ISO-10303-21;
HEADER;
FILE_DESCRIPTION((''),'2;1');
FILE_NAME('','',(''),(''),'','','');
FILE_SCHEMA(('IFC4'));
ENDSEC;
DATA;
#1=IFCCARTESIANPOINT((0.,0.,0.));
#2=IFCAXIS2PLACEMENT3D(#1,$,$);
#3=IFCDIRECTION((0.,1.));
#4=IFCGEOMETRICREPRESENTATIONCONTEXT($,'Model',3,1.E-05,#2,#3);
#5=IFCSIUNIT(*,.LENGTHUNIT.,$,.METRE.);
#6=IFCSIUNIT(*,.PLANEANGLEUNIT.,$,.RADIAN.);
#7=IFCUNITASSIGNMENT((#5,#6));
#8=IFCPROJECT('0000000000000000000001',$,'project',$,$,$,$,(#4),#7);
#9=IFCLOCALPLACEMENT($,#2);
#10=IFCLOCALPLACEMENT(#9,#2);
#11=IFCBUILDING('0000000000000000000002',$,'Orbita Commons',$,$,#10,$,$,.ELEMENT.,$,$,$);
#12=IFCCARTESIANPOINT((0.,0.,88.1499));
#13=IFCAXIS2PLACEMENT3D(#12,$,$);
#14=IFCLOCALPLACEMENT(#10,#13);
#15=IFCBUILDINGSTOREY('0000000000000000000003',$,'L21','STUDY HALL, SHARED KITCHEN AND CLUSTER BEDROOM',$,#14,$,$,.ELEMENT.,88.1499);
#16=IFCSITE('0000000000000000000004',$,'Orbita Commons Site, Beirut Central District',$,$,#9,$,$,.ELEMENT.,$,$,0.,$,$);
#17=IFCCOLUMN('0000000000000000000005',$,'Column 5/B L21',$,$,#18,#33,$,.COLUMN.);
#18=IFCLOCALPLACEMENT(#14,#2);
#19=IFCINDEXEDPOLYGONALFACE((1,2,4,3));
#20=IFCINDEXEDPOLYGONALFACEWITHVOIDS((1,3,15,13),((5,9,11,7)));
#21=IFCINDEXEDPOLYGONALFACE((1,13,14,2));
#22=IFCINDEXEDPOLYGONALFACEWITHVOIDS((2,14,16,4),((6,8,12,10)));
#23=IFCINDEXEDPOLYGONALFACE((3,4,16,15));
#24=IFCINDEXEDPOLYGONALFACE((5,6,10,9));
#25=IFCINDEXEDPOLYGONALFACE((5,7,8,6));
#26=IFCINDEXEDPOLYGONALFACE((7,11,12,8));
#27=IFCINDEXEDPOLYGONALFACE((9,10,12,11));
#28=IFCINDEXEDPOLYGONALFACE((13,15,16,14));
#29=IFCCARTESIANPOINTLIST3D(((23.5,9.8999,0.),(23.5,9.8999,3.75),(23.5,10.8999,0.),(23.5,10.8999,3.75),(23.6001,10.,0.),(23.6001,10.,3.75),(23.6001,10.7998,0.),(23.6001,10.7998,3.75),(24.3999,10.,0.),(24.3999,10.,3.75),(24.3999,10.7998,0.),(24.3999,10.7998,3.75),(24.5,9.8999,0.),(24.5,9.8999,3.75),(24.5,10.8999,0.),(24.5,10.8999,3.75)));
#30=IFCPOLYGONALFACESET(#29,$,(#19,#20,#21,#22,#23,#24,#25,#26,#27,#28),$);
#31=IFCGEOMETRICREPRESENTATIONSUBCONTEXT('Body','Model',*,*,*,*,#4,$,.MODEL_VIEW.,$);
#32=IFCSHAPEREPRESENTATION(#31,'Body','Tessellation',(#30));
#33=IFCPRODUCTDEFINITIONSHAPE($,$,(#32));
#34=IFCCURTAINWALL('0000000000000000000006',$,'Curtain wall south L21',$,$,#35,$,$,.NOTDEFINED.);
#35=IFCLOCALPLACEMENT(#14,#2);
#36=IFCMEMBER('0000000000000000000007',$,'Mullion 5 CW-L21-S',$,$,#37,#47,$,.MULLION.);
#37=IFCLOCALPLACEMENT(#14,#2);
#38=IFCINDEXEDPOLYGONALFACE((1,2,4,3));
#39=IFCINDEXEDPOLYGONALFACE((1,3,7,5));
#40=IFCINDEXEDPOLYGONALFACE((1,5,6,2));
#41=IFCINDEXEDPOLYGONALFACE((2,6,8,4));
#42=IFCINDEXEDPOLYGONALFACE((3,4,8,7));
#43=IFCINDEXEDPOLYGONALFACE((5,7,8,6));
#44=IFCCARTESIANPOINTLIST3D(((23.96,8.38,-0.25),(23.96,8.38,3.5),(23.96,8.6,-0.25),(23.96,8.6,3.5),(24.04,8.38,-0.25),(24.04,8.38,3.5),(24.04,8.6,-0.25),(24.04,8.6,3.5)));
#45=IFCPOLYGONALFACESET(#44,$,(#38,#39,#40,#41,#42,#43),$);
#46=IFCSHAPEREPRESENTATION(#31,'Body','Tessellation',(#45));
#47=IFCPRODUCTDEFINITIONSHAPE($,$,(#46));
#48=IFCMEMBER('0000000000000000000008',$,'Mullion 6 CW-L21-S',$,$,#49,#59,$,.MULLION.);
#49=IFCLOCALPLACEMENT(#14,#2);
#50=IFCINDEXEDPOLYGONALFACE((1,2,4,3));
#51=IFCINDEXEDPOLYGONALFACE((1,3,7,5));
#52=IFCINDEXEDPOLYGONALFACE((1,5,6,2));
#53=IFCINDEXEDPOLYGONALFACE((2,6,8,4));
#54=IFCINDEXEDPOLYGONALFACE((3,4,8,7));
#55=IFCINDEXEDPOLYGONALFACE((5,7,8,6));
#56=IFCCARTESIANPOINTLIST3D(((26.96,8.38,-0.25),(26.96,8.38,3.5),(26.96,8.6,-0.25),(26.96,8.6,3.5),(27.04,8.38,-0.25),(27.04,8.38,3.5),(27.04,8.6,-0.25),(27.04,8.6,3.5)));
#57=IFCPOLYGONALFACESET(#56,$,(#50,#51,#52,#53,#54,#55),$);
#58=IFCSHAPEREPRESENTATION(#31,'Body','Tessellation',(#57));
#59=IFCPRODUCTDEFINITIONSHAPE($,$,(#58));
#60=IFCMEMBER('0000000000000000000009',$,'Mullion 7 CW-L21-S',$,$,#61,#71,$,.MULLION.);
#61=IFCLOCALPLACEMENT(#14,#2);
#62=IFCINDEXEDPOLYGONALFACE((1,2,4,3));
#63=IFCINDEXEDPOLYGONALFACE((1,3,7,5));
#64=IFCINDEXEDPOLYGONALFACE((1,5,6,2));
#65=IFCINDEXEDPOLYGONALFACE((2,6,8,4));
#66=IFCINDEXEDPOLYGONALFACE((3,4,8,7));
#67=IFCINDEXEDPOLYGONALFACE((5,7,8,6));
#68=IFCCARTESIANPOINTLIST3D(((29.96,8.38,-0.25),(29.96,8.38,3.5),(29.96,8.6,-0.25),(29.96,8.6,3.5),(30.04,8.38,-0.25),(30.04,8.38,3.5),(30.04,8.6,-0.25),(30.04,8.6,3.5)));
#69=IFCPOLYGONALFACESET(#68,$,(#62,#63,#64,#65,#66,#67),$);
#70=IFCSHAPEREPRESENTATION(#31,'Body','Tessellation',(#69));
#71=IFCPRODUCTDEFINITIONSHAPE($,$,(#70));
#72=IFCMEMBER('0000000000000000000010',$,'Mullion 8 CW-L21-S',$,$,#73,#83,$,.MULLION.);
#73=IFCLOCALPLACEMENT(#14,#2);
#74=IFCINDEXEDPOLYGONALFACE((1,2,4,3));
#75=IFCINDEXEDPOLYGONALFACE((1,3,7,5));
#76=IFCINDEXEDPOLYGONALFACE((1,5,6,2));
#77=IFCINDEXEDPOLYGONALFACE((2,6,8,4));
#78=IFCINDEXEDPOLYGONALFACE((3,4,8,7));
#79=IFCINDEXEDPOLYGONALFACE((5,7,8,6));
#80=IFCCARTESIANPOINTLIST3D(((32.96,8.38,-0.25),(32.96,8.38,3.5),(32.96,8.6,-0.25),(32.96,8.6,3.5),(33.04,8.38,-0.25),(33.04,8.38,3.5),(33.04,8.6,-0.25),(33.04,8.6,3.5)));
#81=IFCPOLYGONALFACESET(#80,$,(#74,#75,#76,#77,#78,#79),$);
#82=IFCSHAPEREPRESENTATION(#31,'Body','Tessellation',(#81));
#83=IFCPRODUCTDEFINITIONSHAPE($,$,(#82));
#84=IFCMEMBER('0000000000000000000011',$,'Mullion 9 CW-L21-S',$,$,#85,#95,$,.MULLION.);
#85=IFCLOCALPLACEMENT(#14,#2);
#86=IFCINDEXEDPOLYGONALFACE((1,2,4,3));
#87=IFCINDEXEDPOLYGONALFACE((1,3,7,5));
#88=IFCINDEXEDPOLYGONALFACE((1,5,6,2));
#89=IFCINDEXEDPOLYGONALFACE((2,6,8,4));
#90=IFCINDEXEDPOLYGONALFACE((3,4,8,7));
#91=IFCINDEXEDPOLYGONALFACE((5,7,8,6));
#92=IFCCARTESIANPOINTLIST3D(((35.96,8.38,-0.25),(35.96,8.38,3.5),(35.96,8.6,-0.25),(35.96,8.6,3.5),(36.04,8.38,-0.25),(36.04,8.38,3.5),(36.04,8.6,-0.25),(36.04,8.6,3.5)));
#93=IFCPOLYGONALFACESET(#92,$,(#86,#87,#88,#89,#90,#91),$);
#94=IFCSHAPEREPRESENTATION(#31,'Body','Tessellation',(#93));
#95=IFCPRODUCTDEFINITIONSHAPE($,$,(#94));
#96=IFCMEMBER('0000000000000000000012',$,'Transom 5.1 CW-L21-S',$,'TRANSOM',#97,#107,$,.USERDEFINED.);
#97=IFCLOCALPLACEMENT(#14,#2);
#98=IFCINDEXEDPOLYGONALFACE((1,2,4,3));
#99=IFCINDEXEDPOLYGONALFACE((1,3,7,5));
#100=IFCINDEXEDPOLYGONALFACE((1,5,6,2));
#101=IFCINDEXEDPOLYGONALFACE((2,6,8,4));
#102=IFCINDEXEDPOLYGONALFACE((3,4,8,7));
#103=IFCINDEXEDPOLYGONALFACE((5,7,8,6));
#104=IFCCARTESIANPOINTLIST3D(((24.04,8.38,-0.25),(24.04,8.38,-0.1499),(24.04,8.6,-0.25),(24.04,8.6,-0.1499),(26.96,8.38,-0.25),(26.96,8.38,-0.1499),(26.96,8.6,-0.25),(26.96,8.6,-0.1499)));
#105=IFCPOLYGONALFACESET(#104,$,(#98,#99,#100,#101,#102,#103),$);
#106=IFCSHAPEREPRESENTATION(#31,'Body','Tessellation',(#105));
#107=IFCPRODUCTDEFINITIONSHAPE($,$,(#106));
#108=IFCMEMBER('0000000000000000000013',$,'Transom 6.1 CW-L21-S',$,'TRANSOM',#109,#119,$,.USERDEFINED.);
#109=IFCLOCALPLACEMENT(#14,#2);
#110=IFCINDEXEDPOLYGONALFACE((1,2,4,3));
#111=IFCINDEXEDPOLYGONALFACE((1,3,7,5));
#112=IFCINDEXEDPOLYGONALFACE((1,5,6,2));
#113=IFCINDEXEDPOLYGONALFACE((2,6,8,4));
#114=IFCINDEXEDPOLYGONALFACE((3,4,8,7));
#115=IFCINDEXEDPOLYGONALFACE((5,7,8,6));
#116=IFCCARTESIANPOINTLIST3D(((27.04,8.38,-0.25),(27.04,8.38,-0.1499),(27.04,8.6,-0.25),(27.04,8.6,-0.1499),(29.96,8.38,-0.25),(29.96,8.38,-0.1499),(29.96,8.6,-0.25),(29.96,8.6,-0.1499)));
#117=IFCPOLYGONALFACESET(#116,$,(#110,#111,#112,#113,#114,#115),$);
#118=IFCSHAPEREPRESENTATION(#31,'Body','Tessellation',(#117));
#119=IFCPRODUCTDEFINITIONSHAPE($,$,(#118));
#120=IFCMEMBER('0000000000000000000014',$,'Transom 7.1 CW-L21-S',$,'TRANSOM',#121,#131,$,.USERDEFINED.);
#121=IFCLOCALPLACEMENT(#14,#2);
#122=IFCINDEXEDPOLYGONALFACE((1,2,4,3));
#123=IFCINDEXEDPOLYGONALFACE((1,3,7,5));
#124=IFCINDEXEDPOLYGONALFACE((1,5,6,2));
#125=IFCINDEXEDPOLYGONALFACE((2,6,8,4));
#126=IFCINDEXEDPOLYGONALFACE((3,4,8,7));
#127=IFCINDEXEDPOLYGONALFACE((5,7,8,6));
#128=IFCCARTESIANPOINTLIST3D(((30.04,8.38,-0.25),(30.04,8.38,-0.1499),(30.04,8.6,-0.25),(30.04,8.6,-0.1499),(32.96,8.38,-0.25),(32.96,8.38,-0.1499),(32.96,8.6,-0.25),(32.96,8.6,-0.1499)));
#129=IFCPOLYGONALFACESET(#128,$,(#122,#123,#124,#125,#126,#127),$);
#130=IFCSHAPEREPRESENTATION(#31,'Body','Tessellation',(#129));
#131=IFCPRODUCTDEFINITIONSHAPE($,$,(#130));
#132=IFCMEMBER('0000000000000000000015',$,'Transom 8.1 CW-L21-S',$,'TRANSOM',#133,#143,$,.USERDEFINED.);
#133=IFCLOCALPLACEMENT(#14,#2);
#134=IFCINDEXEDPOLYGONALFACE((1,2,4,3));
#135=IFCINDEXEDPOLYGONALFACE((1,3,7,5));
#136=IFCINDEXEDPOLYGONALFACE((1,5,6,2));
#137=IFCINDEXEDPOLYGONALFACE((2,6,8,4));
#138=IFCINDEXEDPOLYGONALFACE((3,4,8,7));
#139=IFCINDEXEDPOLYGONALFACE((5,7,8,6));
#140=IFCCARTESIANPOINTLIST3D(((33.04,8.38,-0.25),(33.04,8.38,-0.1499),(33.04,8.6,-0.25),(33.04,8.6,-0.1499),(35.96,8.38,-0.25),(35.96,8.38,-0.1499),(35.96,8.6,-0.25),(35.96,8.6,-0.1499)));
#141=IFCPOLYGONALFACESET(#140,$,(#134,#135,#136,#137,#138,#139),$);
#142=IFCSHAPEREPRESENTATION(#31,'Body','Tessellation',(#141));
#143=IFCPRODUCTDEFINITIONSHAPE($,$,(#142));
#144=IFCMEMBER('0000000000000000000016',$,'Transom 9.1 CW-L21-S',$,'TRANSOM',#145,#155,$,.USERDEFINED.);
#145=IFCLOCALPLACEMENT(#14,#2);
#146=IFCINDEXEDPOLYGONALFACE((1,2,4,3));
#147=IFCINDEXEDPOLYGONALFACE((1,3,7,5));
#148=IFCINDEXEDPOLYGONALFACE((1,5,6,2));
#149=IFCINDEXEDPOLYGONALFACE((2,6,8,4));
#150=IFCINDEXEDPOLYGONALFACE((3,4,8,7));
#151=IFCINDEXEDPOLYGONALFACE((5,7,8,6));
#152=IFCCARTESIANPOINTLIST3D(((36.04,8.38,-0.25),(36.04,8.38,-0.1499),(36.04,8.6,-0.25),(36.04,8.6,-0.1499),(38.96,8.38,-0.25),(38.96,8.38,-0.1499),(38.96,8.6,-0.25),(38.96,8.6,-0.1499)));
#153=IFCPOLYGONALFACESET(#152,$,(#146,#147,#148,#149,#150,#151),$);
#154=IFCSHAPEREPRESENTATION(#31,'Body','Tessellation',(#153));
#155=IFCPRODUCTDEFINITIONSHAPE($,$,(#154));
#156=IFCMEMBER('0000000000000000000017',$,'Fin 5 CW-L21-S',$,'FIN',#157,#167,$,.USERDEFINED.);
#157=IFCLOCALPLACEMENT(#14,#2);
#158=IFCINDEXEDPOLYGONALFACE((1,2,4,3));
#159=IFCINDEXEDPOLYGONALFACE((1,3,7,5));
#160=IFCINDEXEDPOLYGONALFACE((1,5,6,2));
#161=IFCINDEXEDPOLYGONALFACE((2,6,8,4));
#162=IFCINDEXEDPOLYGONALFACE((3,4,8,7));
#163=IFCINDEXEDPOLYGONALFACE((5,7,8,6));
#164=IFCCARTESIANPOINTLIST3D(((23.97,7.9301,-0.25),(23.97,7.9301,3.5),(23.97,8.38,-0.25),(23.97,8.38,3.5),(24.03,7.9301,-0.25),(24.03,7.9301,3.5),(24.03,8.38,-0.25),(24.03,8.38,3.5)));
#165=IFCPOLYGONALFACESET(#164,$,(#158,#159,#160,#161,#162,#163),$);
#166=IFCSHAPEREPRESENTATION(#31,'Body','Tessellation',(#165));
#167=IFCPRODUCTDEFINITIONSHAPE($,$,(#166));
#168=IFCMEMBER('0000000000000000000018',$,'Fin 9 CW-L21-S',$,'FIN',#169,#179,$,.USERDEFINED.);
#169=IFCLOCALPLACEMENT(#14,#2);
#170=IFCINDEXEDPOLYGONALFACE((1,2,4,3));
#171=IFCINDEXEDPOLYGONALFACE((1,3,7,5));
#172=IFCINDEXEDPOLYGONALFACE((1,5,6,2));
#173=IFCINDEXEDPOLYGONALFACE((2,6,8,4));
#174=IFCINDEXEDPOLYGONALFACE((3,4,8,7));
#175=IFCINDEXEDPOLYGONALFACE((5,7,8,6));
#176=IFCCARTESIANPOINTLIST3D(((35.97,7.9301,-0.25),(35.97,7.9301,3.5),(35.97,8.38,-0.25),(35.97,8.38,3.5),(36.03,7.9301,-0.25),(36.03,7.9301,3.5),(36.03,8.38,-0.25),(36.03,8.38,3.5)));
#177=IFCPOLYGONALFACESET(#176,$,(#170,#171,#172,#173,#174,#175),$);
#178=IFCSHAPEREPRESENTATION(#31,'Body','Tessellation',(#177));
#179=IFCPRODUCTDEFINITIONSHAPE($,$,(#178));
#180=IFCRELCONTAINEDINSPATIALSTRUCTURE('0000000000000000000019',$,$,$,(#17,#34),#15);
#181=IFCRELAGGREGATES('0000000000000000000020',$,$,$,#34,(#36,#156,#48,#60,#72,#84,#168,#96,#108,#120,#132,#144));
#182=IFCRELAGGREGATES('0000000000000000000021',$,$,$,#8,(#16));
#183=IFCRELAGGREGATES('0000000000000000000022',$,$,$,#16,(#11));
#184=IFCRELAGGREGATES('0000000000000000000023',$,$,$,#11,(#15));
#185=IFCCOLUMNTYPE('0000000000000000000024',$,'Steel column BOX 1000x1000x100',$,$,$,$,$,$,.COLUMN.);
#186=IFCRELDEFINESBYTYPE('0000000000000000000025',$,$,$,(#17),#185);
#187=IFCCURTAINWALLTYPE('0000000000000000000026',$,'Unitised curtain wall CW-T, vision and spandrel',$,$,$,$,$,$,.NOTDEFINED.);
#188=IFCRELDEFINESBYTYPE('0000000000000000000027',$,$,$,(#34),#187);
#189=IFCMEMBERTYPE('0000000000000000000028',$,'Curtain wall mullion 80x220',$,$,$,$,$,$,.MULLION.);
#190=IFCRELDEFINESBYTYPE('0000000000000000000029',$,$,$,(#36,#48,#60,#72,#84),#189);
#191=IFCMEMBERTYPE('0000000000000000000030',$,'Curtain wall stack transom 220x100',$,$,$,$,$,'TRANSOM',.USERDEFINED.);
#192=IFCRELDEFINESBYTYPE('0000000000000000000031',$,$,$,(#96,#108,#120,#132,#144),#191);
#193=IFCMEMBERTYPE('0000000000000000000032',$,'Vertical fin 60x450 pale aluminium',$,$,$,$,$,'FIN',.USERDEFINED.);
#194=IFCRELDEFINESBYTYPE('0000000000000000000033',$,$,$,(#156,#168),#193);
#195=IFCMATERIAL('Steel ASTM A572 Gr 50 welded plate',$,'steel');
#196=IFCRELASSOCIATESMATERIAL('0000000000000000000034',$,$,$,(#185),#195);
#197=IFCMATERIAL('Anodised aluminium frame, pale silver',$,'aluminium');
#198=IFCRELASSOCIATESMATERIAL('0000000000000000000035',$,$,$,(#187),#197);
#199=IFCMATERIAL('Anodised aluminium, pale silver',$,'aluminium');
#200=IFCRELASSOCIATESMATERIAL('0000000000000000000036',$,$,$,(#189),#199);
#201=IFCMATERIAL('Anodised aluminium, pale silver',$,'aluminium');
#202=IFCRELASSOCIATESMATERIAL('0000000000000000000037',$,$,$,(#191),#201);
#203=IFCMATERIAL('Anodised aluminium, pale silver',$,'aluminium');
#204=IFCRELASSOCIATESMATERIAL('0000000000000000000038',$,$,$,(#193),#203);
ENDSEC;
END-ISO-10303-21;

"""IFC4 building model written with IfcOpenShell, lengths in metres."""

from ifc_helpers import new_model, si_unit, direction, frame, origin, origin_2d, place, context, subcontext, project, spatial, rectangle, hollow_rectangle, extrude, material, material_profile, profile_set, type_object, element, aggregate, save


model = new_model("IFC4")

# Units and contexts
model_context = context("Model", 3, precision=1e-05, world=origin(), true_north=direction((0.0, 1.0)))
body_context = subcontext(model_context, "Body", "Model", "MODEL_VIEW")
ifc_project = project(units=[si_unit("LENGTHUNIT", "METRE"), si_unit("PLANEANGLEUNIT", "RADIAN")], contexts=[model_context])

# Site, building, storey
site_placement = place(None, origin())
site = spatial("IfcSite", under=ifc_project, at=site_placement, Name="Orbita Commons Site, Beirut Central District", CompositionType="ELEMENT", RefElevation=0.0)
building_placement = place(site_placement, origin())
building = spatial("IfcBuilding", under=site, at=building_placement, Name="Orbita Commons", CompositionType="ELEMENT")
storey_placement = place(building_placement, frame((0.0, 0.0, 88.1499)))
storey = spatial("IfcBuildingStorey", under=building, at=storey_placement, Name="L21", Description="STUDY HALL, SHARED KITCHEN AND CLUSTER BEDROOM", CompositionType="ELEMENT", Elevation=88.1499)

# Column
ifc_material_1 = material(Name="Steel ASTM A572 Gr 50 welded plate", Category="steel")
ifc_material_profile_1 = material_profile(ifc_material_1, hollow_rectangle(XDim=1.0, YDim=1.0, WallThickness=0.1001, at=origin_2d()), Name="BOX 1000x1000x100")
ifc_profile_set_1 = profile_set([ifc_material_profile_1], Name="Steel ASTM A572 Gr 50 welded plate")
column_type = type_object("IfcColumnType", Name="Steel column BOX 1000x1000x100", PredefinedType="COLUMN", material=ifc_profile_set_1)
column_placement = place(storey_placement, frame((24.0, 10.3999, 0.0), z_axis=(0.0, 0.0, 1.0), x_axis=(1.0, 0.0, 0.0)))
element("IfcColumn", 1, at=column_placement, inside=storey, type_object=column_type, Name="Column 5/B L21", PredefinedType="COLUMN", context=body_context, shape_type="SweptSolid", body=[
    extrude(hollow_rectangle(XDim=1.0, YDim=1.0, WallThickness=0.1001, at=origin_2d()), origin(), (0.0, 0.0, 1.0), 3.75),
])

# Curtain wall, members
ifc_material_2 = material(Name="Anodised aluminium frame, pale silver", Category="aluminium")
curtain_wall_type = type_object("IfcCurtainWallType", Name="Unitised curtain wall CW-T, vision and spandrel", PredefinedType="NOTDEFINED", material=ifc_material_2)
curtain_wall_placement = place(storey_placement, origin())
curtain_wall = element("IfcCurtainWall", 2, at=curtain_wall_placement, inside=storey, type_object=curtain_wall_type, Name="Curtain wall south L21", PredefinedType="NOTDEFINED")
ifc_material_3 = material(Name="Anodised aluminium, pale silver", Category="aluminium")
ifc_material_profile_2 = material_profile(ifc_material_3, rectangle(XDim=0.0801, YDim=0.22, at=origin_2d()), Name="AL 80x220")
ifc_profile_set_2 = profile_set([ifc_material_profile_2], Name="Anodised aluminium, pale silver")
member_type_1 = type_object("IfcMemberType", Name="Curtain wall mullion 80x220", PredefinedType="MULLION", material=ifc_profile_set_2)
member_1_placement = place(storey_placement, frame((24.0, 8.49, -0.25), z_axis=(0.0, 0.0, 1.0), x_axis=(1.0, 0.0, 0.0)))
member_1 = element("IfcMember", 3, at=member_1_placement, type_object=member_type_1, Name="Mullion 5 CW-L21-S", PredefinedType="MULLION", context=body_context, shape_type="SweptSolid", body=[
    extrude(rectangle(XDim=0.0801, YDim=0.22, at=origin_2d()), origin(), (0.0, 0.0, 1.0), 3.75),
])
member_2_placement = place(storey_placement, frame((27.0, 8.49, -0.25), z_axis=(0.0, 0.0, 1.0), x_axis=(1.0, 0.0, 0.0)))
member_2 = element("IfcMember", 4, at=member_2_placement, type_object=member_type_1, Name="Mullion 6 CW-L21-S", PredefinedType="MULLION", context=body_context, shape_type="SweptSolid", body=[
    extrude(rectangle(XDim=0.0801, YDim=0.22, at=origin_2d()), origin(), (0.0, 0.0, 1.0), 3.75),
])
member_3_placement = place(storey_placement, frame((30.0, 8.49, -0.25), z_axis=(0.0, 0.0, 1.0), x_axis=(1.0, 0.0, 0.0)))
member_3 = element("IfcMember", 5, at=member_3_placement, type_object=member_type_1, Name="Mullion 7 CW-L21-S", PredefinedType="MULLION", context=body_context, shape_type="SweptSolid", body=[
    extrude(rectangle(XDim=0.0801, YDim=0.22, at=origin_2d()), origin(), (0.0, 0.0, 1.0), 3.75),
])
member_4_placement = place(storey_placement, frame((33.0, 8.49, -0.25), z_axis=(0.0, 0.0, 1.0), x_axis=(1.0, 0.0, 0.0)))
member_4 = element("IfcMember", 6, at=member_4_placement, type_object=member_type_1, Name="Mullion 8 CW-L21-S", PredefinedType="MULLION", context=body_context, shape_type="SweptSolid", body=[
    extrude(rectangle(XDim=0.0801, YDim=0.22, at=origin_2d()), origin(), (0.0, 0.0, 1.0), 3.75),
])
member_5_placement = place(storey_placement, frame((36.0, 8.49, -0.25), z_axis=(0.0, 0.0, 1.0), x_axis=(1.0, 0.0, 0.0)))
member_5 = element("IfcMember", 7, at=member_5_placement, type_object=member_type_1, Name="Mullion 9 CW-L21-S", PredefinedType="MULLION", context=body_context, shape_type="SweptSolid", body=[
    extrude(rectangle(XDim=0.0801, YDim=0.22, at=origin_2d()), origin(), (0.0, 0.0, 1.0), 3.75),
])
ifc_material_4 = material(Name="Anodised aluminium, pale silver", Category="aluminium")
ifc_material_profile_3 = material_profile(ifc_material_4, rectangle(XDim=0.22, YDim=0.1001, at=origin_2d()), Name="AL 220x100")
ifc_profile_set_3 = profile_set([ifc_material_profile_3], Name="Anodised aluminium, pale silver")
member_type_2 = type_object("IfcMemberType", Name="Curtain wall stack transom 220x100", ElementType="TRANSOM", PredefinedType="USERDEFINED", material=ifc_profile_set_3)
member_6_placement = place(storey_placement, frame((24.04, 8.49, -0.2), z_axis=(1.0, 0.0, 0.0), x_axis=(0.0, 1.0, 0.0)))
member_6 = element("IfcMember", 8, at=member_6_placement, type_object=member_type_2, Name="Transom 5.1 CW-L21-S", ObjectType="TRANSOM", PredefinedType="USERDEFINED", context=body_context, shape_type="SweptSolid", body=[
    extrude(rectangle(XDim=0.22, YDim=0.1001, at=origin_2d()), origin(), (0.0, 0.0, 1.0), 2.9199),
])
member_7_placement = place(storey_placement, frame((27.04, 8.49, -0.2), z_axis=(1.0, 0.0, 0.0), x_axis=(0.0, 1.0, 0.0)))
member_7 = element("IfcMember", 9, at=member_7_placement, type_object=member_type_2, Name="Transom 6.1 CW-L21-S", ObjectType="TRANSOM", PredefinedType="USERDEFINED", context=body_context, shape_type="SweptSolid", body=[
    extrude(rectangle(XDim=0.22, YDim=0.1001, at=origin_2d()), origin(), (0.0, 0.0, 1.0), 2.9199),
])
member_8_placement = place(storey_placement, frame((30.04, 8.49, -0.2), z_axis=(1.0, 0.0, 0.0), x_axis=(0.0, 1.0, 0.0)))
member_8 = element("IfcMember", 10, at=member_8_placement, type_object=member_type_2, Name="Transom 7.1 CW-L21-S", ObjectType="TRANSOM", PredefinedType="USERDEFINED", context=body_context, shape_type="SweptSolid", body=[
    extrude(rectangle(XDim=0.22, YDim=0.1001, at=origin_2d()), origin(), (0.0, 0.0, 1.0), 2.9199),
])
member_9_placement = place(storey_placement, frame((33.04, 8.49, -0.2), z_axis=(1.0, 0.0, 0.0), x_axis=(0.0, 1.0, 0.0)))
member_9 = element("IfcMember", 11, at=member_9_placement, type_object=member_type_2, Name="Transom 8.1 CW-L21-S", ObjectType="TRANSOM", PredefinedType="USERDEFINED", context=body_context, shape_type="SweptSolid", body=[
    extrude(rectangle(XDim=0.22, YDim=0.1001, at=origin_2d()), origin(), (0.0, 0.0, 1.0), 2.9199),
])
member_10_placement = place(storey_placement, frame((36.04, 8.49, -0.2), z_axis=(1.0, 0.0, 0.0), x_axis=(0.0, 1.0, 0.0)))
member_10 = element("IfcMember", 12, at=member_10_placement, type_object=member_type_2, Name="Transom 9.1 CW-L21-S", ObjectType="TRANSOM", PredefinedType="USERDEFINED", context=body_context, shape_type="SweptSolid", body=[
    extrude(rectangle(XDim=0.22, YDim=0.1001, at=origin_2d()), origin(), (0.0, 0.0, 1.0), 2.9199),
])
ifc_material_5 = material(Name="Anodised aluminium, pale silver", Category="aluminium")
ifc_material_profile_4 = material_profile(ifc_material_5, rectangle(XDim=0.0601, YDim=0.45, at=origin_2d()), Name="FIN 60x450")
ifc_profile_set_4 = profile_set([ifc_material_profile_4], Name="Anodised aluminium, pale silver")
member_type_3 = type_object("IfcMemberType", Name="Vertical fin 60x450 pale aluminium", ElementType="FIN", PredefinedType="USERDEFINED", material=ifc_profile_set_4)
member_11_placement = place(storey_placement, frame((24.0, 8.155, -0.25), z_axis=(0.0, 0.0, 1.0), x_axis=(1.0, 0.0, 0.0)))
member_11 = element("IfcMember", 13, at=member_11_placement, type_object=member_type_3, Name="Fin 5 CW-L21-S", ObjectType="FIN", PredefinedType="USERDEFINED", context=body_context, shape_type="SweptSolid", body=[
    extrude(rectangle(XDim=0.0601, YDim=0.45, at=origin_2d()), origin(), (0.0, 0.0, 1.0), 3.75),
])
member_12_placement = place(storey_placement, frame((36.0, 8.155, -0.25), z_axis=(0.0, 0.0, 1.0), x_axis=(1.0, 0.0, 0.0)))
member_12 = element("IfcMember", 14, at=member_12_placement, type_object=member_type_3, Name="Fin 9 CW-L21-S", ObjectType="FIN", PredefinedType="USERDEFINED", context=body_context, shape_type="SweptSolid", body=[
    extrude(rectangle(XDim=0.0601, YDim=0.45, at=origin_2d()), origin(), (0.0, 0.0, 1.0), 3.75),
])
aggregate(curtain_wall, [member_1, member_11, member_2, member_3, member_4, member_5, member_12, member_6, member_7, member_8, member_9, member_10])

save(model, "model.ifc")
